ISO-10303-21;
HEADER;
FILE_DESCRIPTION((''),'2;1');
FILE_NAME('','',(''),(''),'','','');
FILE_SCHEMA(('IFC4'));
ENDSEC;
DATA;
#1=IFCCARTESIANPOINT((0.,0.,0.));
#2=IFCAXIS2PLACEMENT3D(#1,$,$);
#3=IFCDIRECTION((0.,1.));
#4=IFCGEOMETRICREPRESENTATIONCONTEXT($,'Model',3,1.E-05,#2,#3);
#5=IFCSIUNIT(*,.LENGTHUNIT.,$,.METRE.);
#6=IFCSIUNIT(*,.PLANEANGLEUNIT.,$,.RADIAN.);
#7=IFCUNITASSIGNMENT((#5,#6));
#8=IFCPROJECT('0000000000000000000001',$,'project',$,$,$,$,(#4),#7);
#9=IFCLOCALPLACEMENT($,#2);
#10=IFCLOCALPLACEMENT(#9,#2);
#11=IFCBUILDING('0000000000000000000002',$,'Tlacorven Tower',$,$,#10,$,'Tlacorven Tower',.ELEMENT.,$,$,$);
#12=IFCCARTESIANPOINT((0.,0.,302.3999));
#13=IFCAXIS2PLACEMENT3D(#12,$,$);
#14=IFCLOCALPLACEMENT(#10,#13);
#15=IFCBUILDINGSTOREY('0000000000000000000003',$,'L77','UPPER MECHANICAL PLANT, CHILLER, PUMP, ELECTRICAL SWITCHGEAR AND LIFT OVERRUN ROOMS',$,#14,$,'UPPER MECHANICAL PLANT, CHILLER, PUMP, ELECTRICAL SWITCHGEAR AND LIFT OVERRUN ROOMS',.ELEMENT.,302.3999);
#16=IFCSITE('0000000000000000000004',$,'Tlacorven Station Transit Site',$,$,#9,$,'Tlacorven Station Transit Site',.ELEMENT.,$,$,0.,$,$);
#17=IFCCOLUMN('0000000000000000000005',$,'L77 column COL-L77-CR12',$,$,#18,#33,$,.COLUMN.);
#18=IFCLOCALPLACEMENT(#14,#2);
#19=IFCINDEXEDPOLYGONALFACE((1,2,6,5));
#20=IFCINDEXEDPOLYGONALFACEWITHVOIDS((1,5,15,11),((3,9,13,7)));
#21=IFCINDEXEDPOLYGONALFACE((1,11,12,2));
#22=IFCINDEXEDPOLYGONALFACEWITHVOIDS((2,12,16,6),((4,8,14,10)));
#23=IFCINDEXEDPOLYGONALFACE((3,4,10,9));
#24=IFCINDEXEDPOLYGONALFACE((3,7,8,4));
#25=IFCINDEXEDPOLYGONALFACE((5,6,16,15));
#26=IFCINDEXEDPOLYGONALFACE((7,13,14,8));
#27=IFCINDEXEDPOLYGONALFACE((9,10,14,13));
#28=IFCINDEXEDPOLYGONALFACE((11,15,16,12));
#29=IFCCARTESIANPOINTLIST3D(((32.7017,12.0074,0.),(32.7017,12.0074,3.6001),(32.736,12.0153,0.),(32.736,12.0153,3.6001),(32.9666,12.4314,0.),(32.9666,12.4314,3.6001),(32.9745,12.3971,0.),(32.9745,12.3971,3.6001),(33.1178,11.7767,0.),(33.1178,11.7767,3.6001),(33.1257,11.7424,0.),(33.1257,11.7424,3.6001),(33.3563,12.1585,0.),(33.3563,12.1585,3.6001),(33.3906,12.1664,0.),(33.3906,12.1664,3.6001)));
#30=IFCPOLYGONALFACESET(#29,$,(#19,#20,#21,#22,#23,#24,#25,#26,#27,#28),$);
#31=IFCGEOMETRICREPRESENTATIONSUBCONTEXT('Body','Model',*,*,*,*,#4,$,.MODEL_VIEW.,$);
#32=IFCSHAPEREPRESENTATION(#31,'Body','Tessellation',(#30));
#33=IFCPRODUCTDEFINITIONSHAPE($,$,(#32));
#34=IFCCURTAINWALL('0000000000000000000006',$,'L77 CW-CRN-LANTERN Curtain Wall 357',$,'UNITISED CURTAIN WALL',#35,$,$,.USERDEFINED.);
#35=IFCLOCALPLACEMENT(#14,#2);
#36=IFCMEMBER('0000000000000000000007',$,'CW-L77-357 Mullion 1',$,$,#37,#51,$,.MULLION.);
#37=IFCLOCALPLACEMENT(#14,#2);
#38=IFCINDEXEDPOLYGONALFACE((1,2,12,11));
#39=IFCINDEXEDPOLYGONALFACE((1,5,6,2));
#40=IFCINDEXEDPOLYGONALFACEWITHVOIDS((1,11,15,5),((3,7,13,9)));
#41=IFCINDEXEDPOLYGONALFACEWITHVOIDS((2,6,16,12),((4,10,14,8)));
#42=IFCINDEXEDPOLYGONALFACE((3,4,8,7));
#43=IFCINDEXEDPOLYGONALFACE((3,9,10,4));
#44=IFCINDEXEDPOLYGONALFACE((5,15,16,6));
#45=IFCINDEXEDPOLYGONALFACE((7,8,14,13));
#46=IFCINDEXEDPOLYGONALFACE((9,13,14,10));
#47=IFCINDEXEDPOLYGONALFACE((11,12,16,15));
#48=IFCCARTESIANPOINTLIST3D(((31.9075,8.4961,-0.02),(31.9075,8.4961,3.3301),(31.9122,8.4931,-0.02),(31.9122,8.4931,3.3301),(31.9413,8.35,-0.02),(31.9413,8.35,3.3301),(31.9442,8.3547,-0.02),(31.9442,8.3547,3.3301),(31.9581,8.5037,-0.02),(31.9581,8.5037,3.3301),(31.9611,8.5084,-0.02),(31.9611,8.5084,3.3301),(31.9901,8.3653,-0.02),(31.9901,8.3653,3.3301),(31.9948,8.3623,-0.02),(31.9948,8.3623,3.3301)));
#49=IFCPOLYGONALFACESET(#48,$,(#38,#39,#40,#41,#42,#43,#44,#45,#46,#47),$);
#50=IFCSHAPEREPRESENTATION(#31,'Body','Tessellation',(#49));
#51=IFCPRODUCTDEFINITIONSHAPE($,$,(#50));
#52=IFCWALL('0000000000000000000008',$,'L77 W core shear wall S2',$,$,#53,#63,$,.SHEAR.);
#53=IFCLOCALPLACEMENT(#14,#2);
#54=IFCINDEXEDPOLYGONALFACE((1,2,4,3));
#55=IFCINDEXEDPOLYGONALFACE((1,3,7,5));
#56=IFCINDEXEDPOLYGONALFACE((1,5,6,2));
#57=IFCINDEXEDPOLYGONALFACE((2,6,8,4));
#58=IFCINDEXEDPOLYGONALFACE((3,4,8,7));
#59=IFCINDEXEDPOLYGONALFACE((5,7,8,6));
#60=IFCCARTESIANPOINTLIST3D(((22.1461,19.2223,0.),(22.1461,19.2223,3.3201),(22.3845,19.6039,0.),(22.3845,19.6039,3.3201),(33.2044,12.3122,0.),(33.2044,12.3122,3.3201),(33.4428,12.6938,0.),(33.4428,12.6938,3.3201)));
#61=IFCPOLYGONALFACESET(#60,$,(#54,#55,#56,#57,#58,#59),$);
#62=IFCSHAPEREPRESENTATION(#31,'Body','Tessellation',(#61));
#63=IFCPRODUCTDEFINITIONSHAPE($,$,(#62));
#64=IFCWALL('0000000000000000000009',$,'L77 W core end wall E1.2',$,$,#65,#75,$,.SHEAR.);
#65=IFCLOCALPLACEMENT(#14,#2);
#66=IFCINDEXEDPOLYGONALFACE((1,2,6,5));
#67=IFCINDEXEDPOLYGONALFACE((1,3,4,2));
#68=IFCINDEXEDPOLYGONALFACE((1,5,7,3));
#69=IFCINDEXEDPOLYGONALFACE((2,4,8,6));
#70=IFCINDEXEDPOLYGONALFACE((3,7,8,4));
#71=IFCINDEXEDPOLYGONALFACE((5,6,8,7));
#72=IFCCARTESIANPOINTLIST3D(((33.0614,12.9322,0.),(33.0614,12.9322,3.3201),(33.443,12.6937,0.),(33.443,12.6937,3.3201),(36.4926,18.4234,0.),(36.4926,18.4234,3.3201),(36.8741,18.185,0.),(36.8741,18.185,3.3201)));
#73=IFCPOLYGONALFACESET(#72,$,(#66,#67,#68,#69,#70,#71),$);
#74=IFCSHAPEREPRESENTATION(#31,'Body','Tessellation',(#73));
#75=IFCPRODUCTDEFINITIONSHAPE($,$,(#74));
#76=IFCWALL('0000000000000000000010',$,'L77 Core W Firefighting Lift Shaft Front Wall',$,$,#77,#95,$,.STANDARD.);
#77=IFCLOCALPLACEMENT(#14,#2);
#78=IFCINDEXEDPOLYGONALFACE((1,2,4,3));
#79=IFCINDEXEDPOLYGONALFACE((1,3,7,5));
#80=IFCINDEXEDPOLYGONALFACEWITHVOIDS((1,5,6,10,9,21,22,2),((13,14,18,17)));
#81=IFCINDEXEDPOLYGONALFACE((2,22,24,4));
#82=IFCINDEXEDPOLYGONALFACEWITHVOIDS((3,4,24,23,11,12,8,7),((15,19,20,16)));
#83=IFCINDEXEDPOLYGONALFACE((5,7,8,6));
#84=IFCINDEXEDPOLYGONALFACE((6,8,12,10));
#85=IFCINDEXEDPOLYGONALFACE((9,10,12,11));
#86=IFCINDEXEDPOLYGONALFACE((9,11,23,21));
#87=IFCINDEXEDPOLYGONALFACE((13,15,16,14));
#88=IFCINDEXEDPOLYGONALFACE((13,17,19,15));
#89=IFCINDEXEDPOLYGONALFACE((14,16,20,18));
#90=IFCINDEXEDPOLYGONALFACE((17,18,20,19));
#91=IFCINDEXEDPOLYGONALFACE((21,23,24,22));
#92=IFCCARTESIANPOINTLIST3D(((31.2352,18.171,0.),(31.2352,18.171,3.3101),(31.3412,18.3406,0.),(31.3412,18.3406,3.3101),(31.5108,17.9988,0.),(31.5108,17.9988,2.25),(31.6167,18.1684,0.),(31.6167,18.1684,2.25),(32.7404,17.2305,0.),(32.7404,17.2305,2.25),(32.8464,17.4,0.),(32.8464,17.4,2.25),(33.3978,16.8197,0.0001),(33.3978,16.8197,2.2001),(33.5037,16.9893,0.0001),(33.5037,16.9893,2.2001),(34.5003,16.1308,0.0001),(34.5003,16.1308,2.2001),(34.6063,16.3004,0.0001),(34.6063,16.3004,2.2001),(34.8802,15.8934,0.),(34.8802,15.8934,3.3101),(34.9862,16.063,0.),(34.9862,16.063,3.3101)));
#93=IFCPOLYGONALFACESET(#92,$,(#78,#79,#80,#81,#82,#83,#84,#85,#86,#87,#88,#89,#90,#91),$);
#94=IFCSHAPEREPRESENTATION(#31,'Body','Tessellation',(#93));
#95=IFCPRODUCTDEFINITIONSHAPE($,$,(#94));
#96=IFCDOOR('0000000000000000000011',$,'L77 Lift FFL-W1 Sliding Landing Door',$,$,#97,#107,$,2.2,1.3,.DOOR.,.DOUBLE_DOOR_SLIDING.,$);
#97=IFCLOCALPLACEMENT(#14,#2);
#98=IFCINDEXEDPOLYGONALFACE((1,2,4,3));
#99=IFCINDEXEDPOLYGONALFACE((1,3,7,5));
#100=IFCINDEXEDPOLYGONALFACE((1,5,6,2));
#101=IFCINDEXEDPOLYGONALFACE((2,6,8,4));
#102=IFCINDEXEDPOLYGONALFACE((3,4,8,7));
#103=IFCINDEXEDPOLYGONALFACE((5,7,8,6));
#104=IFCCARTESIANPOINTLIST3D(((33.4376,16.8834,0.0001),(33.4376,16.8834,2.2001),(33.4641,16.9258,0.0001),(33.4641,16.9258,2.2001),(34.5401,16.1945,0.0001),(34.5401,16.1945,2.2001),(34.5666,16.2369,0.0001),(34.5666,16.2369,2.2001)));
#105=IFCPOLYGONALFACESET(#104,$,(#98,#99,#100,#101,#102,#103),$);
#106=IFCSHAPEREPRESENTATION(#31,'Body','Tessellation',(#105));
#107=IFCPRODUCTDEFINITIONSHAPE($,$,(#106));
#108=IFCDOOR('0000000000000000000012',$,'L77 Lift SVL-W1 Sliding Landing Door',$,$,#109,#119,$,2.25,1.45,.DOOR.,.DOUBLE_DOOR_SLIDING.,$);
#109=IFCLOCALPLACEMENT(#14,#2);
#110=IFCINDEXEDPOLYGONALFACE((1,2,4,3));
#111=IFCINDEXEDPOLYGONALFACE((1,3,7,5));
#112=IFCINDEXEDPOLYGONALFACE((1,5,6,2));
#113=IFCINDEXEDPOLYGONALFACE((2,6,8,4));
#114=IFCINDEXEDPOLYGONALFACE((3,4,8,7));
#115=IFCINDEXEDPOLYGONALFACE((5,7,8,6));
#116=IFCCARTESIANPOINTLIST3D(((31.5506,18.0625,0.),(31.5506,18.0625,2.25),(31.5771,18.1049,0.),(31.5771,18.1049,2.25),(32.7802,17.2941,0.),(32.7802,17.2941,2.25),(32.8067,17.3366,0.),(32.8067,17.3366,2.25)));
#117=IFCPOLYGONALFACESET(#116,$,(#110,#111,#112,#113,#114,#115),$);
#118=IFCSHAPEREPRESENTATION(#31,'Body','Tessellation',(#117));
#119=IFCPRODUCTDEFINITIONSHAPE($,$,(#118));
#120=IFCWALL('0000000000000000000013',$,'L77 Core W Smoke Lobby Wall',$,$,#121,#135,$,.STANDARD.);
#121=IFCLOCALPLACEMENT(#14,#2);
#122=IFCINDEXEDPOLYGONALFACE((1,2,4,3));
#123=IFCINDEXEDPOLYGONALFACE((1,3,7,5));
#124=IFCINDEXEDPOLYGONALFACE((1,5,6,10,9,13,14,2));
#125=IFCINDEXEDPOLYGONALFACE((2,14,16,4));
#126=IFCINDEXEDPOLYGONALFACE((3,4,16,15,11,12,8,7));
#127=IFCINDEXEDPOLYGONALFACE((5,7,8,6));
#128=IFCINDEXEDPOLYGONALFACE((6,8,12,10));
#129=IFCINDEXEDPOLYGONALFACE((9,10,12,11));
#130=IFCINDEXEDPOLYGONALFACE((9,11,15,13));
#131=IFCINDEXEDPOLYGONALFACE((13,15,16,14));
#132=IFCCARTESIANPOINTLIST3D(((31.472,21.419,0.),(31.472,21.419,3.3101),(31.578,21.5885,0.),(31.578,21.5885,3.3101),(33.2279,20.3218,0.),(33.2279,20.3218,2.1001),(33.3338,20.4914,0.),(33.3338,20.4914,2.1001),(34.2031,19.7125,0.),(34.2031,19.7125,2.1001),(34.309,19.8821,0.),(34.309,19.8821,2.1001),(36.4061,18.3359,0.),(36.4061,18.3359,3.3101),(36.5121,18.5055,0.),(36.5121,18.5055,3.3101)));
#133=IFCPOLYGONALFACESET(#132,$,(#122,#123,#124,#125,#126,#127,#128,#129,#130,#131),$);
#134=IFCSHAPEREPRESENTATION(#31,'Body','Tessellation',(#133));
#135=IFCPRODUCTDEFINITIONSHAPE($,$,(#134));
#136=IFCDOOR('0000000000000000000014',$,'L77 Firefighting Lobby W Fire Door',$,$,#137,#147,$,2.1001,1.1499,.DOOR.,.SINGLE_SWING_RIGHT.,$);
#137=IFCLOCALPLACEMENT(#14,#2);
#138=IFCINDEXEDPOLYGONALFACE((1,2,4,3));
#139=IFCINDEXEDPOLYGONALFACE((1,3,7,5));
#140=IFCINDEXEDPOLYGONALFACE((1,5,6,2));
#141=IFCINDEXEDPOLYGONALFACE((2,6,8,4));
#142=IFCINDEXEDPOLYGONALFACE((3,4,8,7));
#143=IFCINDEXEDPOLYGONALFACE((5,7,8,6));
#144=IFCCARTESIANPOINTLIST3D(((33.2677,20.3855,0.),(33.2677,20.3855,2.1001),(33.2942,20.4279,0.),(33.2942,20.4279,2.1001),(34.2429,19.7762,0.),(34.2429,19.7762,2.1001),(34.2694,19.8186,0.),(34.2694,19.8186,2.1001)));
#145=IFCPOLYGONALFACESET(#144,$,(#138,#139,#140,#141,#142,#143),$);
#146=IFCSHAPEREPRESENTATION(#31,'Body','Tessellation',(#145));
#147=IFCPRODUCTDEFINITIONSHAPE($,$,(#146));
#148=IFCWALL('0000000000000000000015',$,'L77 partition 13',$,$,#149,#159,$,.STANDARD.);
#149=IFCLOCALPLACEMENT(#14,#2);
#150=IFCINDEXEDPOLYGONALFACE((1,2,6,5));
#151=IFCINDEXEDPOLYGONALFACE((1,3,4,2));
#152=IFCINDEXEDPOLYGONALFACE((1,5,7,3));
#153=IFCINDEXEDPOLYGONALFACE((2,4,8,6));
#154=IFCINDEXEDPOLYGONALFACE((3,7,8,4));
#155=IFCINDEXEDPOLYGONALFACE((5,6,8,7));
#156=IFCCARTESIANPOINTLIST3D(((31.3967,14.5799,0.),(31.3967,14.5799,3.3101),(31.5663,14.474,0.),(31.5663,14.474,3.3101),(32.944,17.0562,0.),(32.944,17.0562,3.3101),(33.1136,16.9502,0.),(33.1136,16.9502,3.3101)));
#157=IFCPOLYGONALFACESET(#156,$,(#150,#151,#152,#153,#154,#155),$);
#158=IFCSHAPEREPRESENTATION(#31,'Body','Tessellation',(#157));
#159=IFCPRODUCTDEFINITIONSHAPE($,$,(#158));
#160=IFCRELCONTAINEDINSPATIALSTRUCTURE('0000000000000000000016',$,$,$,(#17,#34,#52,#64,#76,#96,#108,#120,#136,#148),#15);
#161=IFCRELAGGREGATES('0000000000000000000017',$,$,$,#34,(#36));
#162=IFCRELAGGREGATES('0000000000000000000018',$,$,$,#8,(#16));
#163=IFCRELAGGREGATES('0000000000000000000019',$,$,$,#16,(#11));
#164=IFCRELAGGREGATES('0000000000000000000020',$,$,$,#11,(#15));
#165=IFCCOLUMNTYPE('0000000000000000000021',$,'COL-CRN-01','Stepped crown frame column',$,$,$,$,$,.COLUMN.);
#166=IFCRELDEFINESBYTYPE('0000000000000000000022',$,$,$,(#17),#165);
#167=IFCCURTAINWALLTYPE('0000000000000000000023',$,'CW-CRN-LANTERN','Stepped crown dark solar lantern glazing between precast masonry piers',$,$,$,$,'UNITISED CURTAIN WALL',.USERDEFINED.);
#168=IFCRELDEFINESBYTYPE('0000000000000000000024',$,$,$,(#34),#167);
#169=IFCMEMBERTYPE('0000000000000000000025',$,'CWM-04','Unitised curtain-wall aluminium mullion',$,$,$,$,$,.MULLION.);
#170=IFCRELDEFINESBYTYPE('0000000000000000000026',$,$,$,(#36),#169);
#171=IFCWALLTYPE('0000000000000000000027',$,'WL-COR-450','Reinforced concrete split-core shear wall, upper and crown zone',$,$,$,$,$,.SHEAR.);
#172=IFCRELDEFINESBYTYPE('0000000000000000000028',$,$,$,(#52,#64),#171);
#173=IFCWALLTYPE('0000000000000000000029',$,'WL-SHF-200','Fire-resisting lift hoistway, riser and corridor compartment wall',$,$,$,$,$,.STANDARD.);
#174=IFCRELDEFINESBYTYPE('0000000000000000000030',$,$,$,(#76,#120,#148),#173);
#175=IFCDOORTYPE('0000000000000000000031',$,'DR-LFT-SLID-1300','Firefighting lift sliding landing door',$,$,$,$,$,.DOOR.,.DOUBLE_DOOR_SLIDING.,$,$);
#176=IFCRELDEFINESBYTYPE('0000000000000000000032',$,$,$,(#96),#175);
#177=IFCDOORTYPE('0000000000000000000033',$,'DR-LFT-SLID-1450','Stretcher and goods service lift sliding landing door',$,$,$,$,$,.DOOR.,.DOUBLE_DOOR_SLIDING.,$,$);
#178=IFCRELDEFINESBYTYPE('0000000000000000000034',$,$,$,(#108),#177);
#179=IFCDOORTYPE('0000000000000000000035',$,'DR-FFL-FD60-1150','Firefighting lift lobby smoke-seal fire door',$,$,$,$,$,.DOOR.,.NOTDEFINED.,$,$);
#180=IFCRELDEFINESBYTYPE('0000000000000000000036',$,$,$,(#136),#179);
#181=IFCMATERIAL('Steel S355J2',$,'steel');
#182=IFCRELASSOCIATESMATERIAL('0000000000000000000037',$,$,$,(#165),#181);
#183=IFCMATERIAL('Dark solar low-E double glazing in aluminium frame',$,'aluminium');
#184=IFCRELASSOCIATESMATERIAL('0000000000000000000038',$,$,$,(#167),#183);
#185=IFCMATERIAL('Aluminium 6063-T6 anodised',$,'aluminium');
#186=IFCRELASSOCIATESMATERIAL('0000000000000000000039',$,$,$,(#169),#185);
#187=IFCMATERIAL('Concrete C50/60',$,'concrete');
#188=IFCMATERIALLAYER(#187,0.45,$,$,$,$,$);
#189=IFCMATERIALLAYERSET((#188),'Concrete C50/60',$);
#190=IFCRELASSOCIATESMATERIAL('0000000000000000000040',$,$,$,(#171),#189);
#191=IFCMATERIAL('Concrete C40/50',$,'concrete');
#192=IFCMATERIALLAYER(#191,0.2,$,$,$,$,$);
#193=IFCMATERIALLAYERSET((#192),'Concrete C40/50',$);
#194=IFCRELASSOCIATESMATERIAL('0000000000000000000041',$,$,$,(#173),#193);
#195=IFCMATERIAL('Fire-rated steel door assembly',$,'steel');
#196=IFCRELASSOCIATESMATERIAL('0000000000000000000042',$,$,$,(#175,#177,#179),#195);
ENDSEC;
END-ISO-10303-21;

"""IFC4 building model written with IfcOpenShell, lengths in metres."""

from ifc_helpers import new_model, si_unit, direction, frame, frame_2d, origin, origin_2d, place, context, subcontext, project, spatial, rectangle, hollow_rectangle, extrude, source, transform, mapped, material, layer, layer_set, material_profile, profile_set, type_object, element, fill, aggregate, save


model = new_model("IFC4")

# Units and contexts
model_context = context("Model", 3, precision=1e-05, world=origin(), true_north=direction((0.0, 1.0)))
body_context = subcontext(model_context, "Body", "Model", "MODEL_VIEW")
ifc_project = project(units=[si_unit("LENGTHUNIT", "METRE"), si_unit("PLANEANGLEUNIT", "RADIAN")], contexts=[model_context])

# Site, building, storey
site_placement = place(None, origin())
site = spatial("IfcSite", under=ifc_project, at=site_placement, Name="Tlacorven Station Transit Site", LongName="Tlacorven Station Transit Site", CompositionType="ELEMENT", RefElevation=0.0)
building_placement = place(site_placement, origin())
building = spatial("IfcBuilding", under=site, at=building_placement, Name="Tlacorven Tower", LongName="Tlacorven Tower", CompositionType="ELEMENT")
storey_placement = place(building_placement, frame((0.0, 0.0, 302.3999)))
storey = spatial("IfcBuildingStorey", under=building, at=storey_placement, Name="L77", Description="UPPER MECHANICAL PLANT, CHILLER, PUMP, ELECTRICAL SWITCHGEAR AND LIFT OVERRUN ROOMS", LongName="UPPER MECHANICAL PLANT, CHILLER, PUMP, ELECTRICAL SWITCHGEAR AND LIFT OVERRUN ROOMS", CompositionType="ELEMENT", Elevation=302.3999)

# Column
ifc_material_1 = material(Name="Steel S355J2", Category="steel")
ifc_material_profile_1 = material_profile(ifc_material_1, hollow_rectangle(XDim=0.5, YDim=0.5, WallThickness=0.0249, at=origin_2d()), Name="BOX 500X500X25")
ifc_profile_set_1 = profile_set([ifc_material_profile_1], Name="Steel S355J2")
column_type = type_object("IfcColumnType", Name="COL-CRN-01", Description="Stepped crown frame column", PredefinedType="COLUMN", material=ifc_profile_set_1)
shared_shape_1 = source(origin(), body_context, "Body", "SweptSolid", [
    extrude(hollow_rectangle(XDim=0.5, YDim=0.5, WallThickness=0.0249, at=origin_2d()), origin(), (0.0, 0.0, 1.0), 3.6001),
])
column_placement = place(storey_placement, frame((33.0461, 12.0869, 0.0), z_axis=(0.0, 0.0, 1.0), x_axis=(-0.848048, 0.529919, 0.0)))
element("IfcColumn", 1, at=column_placement, inside=storey, type_object=column_type, Name="L77 column COL-L77-CR12", PredefinedType="COLUMN", context=body_context, shape_type="MappedRepresentation", body=[
    mapped(shared_shape_1, transform((0.0, 0.0, 0.0), scale=1.0)),
])

# Curtain wall, member
ifc_material_2 = material(Name="Dark solar low-E double glazing in aluminium frame", Category="aluminium")
curtain_wall_type = type_object("IfcCurtainWallType", Name="CW-CRN-LANTERN", Description="Stepped crown dark solar lantern glazing between precast masonry piers", ElementType="UNITISED CURTAIN WALL", PredefinedType="USERDEFINED", material=ifc_material_2)
curtain_wall_placement = place(storey_placement, origin())
curtain_wall = element("IfcCurtainWall", 2, at=curtain_wall_placement, inside=storey, type_object=curtain_wall_type, Name="L77 CW-CRN-LANTERN Curtain Wall 357", ObjectType="UNITISED CURTAIN WALL", PredefinedType="USERDEFINED")
ifc_material_3 = material(Name="Aluminium 6063-T6 anodised", Category="aluminium")
ifc_material_profile_2 = material_profile(ifc_material_3, hollow_rectangle(XDim=0.0549, YDim=0.1499, WallThickness=0.0039, at=origin_2d()), Name="ALU MULLION 55X150")
ifc_profile_set_2 = profile_set([ifc_material_profile_2], Name="Aluminium 6063-T6 anodised")
member_type = type_object("IfcMemberType", Name="CWM-04", Description="Unitised curtain-wall aluminium mullion", PredefinedType="MULLION", material=ifc_profile_set_2)
shared_shape_2 = source(origin(), body_context, "Body", "SweptSolid", [
    extrude(hollow_rectangle(XDim=0.0549, YDim=0.1499, WallThickness=0.0039, at=origin_2d()), origin(), (0.0, 0.0, 1.0), 3.3501),
])
member_placement = place(storey_placement, frame((31.9512, 8.4292, -0.02), z_axis=(0.0, 0.0, 1.0), x_axis=(-0.97437, -0.22495, 0.0)))
member = element("IfcMember", 3, at=member_placement, type_object=member_type, Name="CW-L77-357 Mullion 1", PredefinedType="MULLION", context=body_context, shape_type="MappedRepresentation", body=[
    mapped(shared_shape_2, transform((0.0, 0.0, 0.0), scale=1.0)),
])
aggregate(curtain_wall, [member])

# Walls
ifc_material_4 = material(Name="Concrete C50/60", Category="concrete")
ifc_layer_1 = layer(ifc_material_4, 0.45)
ifc_layer_set_1 = layer_set([ifc_layer_1], Name="Concrete C50/60")
wall_type_1 = type_object("IfcWallType", Name="WL-COR-450", Description="Reinforced concrete split-core shear wall, upper and crown zone", PredefinedType="SHEAR", material=ifc_layer_set_1)
wall_1_placement = place(storey_placement, frame((33.3237, 12.5029, 0.0), z_axis=(0.0, 0.0, 1.0), x_axis=(-0.848044, 0.529927, 0.0)))
element("IfcWall", 4, at=wall_1_placement, inside=storey, type_object=wall_type_1, Name="L77 W core shear wall S2", PredefinedType="SHEAR", context=body_context, shape_type="SweptSolid", body=[
    extrude(rectangle(XDim=13.0398, YDim=0.45, at=frame_2d((6.52, 0.0))), origin(), (0.0, 0.0, 1.0), 3.3201),
])
wall_2_placement = place(storey_placement, frame((36.6833, 18.3042, 0.0), z_axis=(0.0, 0.0, 1.0), x_axis=(-0.529904, -0.848058, 0.0)))
element("IfcWall", 5, at=wall_2_placement, inside=storey, type_object=wall_type_1, Name="L77 W core end wall E1.2", PredefinedType="SHEAR", context=body_context, shape_type="SweptSolid", body=[
    extrude(rectangle(XDim=6.4751, YDim=0.45, at=frame_2d((3.2375, 0.0))), origin(), (0.0, 0.0, 1.0), 3.3201),
])

# Wall, openings, doors
ifc_material_5 = material(Name="Concrete C40/50", Category="concrete")
ifc_layer_2 = layer(ifc_material_5, 0.2)
ifc_layer_set_2 = layer_set([ifc_layer_2], Name="Concrete C40/50")
wall_type_2 = type_object("IfcWallType", Name="WL-SHF-200", Description="Fire-resisting lift hoistway, riser and corridor compartment wall", PredefinedType="STANDARD", material=ifc_layer_set_2)
wall_3_placement = place(storey_placement, frame((34.9331, 15.9783, 0.0), z_axis=(0.0, 0.0, 1.0), x_axis=(-0.848056, 0.529907, 0.0)))
wall_3 = element("IfcWall", 6, at=wall_3_placement, inside=storey, type_object=wall_type_2, Name="L77 Core W Firefighting Lift Shaft Front Wall", PredefinedType="STANDARD", context=body_context, shape_type="SweptSolid", body=[
    extrude(rectangle(XDim=4.2981, YDim=0.2, at=frame_2d((2.1489, 0.0))), origin(), (0.0, 0.0, 1.0), 3.3101),
])
opening_1_placement = place(wall_3_placement, frame((0.448, 0.0, 0.0)))
opening_1 = element("IfcOpeningElement", 7, at=opening_1_placement, cuts=wall_3, PredefinedType="OPENING", context=body_context, shape_type="SweptSolid", body=[
    extrude(rectangle(XDim=1.3, YDim=2.2, at=frame_2d((0.6499, 1.1001))), frame((0.0, 0.1099, 0.0), z_axis=(0.0, -1.0, 0.0), x_axis=(1.0, 0.0, 0.0)), (0.0, 0.0, 1.0), 0.22),
])
opening_2_placement = place(wall_3_placement, frame((2.5229, 0.0, 0.0)))
opening_2 = element("IfcOpeningElement", 8, at=opening_2_placement, cuts=wall_3, PredefinedType="OPENING", context=body_context, shape_type="SweptSolid", body=[
    extrude(rectangle(XDim=1.45, YDim=2.25, at=frame_2d((0.7251, 1.125))), frame((0.0, 0.1099, 0.0), z_axis=(0.0, -1.0, 0.0), x_axis=(1.0, 0.0, 0.0)), (0.0, 0.0, 1.0), 0.22),
])
ifc_material_6 = material(Name="Fire-rated steel door assembly", Category="steel")
door_type_1 = type_object("IfcDoorType", Name="DR-LFT-SLID-1300", Description="Firefighting lift sliding landing door", OperationType="DOUBLE_DOOR_SLIDING", PredefinedType="DOOR", material=ifc_material_6)
shared_shape_3 = source(origin(), body_context, "Body", "SweptSolid", [
    extrude(rectangle(XDim=1.3, YDim=2.2, at=frame_2d((0.6499, 1.1001))), frame((0.0, 0.0249, 0.0), z_axis=(0.0, -1.0, 0.0), x_axis=(1.0, 0.0, 0.0)), (0.0, 0.0, 1.0), 0.05),
])
door_1_placement = place(opening_1_placement, origin())
door_1 = element("IfcDoor", 9, at=door_1_placement, inside=storey, type_object=door_type_1, Name="L77 Lift FFL-W1 Sliding Landing Door", OperationType="DOUBLE_DOOR_SLIDING", OverallHeight=2.2, OverallWidth=1.3, PredefinedType="DOOR", context=body_context, shape_type="MappedRepresentation", body=[
    mapped(shared_shape_3, transform((0.0, 0.0, 0.0), scale=1.0)),
])
fill(opening_1, door_1)
door_type_2 = type_object("IfcDoorType", Name="DR-LFT-SLID-1450", Description="Stretcher and goods service lift sliding landing door", OperationType="DOUBLE_DOOR_SLIDING", PredefinedType="DOOR", material=ifc_material_6)
shared_shape_4 = source(origin(), body_context, "Body", "SweptSolid", [
    extrude(rectangle(XDim=1.45, YDim=2.25, at=frame_2d((0.7251, 1.125))), frame((0.0, 0.0249, 0.0), z_axis=(0.0, -1.0, 0.0), x_axis=(1.0, 0.0, 0.0)), (0.0, 0.0, 1.0), 0.05),
])
door_2_placement = place(opening_2_placement, origin())
door_2 = element("IfcDoor", 10, at=door_2_placement, inside=storey, type_object=door_type_2, Name="L77 Lift SVL-W1 Sliding Landing Door", OperationType="DOUBLE_DOOR_SLIDING", OverallHeight=2.25, OverallWidth=1.45, PredefinedType="DOOR", context=body_context, shape_type="MappedRepresentation", body=[
    mapped(shared_shape_4, transform((0.0, 0.0, 0.0), scale=1.0)),
])
fill(opening_2, door_2)

# Wall, opening, door
wall_4_placement = place(storey_placement, frame((36.4592, 18.4207, 0.0), z_axis=(0.0, 0.0, 1.0), x_axis=(-0.84806, 0.529901, 0.0)))
wall_4 = element("IfcWall", 11, at=wall_4_placement, inside=storey, type_object=wall_type_2, Name="L77 Core W Smoke Lobby Wall", PredefinedType="STANDARD", context=body_context, shape_type="SweptSolid", body=[
    extrude(rectangle(XDim=5.8181, YDim=0.2, at=frame_2d((2.9092, 0.0))), origin(), (0.0, 0.0, 1.0), 3.3101),
])
opening_3_placement = place(wall_4_placement, frame((2.5979, 0.0, 0.0)))
opening_3 = element("IfcOpeningElement", 12, at=opening_3_placement, cuts=wall_4, PredefinedType="OPENING", context=body_context, shape_type="SweptSolid", body=[
    extrude(rectangle(XDim=1.1499, YDim=2.1001, at=frame_2d((0.575, 1.05))), frame((0.0, 0.1099, 0.0), z_axis=(0.0, -1.0, 0.0), x_axis=(1.0, 0.0, 0.0)), (0.0, 0.0, 1.0), 0.22),
])
door_type_3 = type_object("IfcDoorType", Name="DR-FFL-FD60-1150", Description="Firefighting lift lobby smoke-seal fire door", OperationType="NOTDEFINED", PredefinedType="DOOR", material=ifc_material_6)
shared_shape_5 = source(origin(), body_context, "Body", "SweptSolid", [
    extrude(rectangle(XDim=1.1499, YDim=2.1001, at=frame_2d((0.575, 1.05))), frame((0.0, 0.0249, 0.0), z_axis=(0.0, -1.0, 0.0), x_axis=(1.0, 0.0, 0.0)), (0.0, 0.0, 1.0), 0.05),
])
door_3_placement = place(opening_3_placement, origin())
door_3 = element("IfcDoor", 13, at=door_3_placement, inside=storey, type_object=door_type_3, Name="L77 Firefighting Lobby W Fire Door", OperationType="SINGLE_SWING_RIGHT", OverallHeight=2.1001, OverallWidth=1.1499, PredefinedType="DOOR", context=body_context, shape_type="MappedRepresentation", body=[
    mapped(shared_shape_5, transform((0.0, 0.0, 0.0), scale=1.0)),
])
fill(opening_3, door_3)

# Wall
wall_5_placement = place(storey_placement, frame((33.0288, 17.0032, 0.0), z_axis=(0.0, 0.0, 1.0), x_axis=(-0.529916, -0.84805, 0.0)))
element("IfcWall", 14, at=wall_5_placement, inside=storey, type_object=wall_type_2, Name="L77 partition 13", PredefinedType="STANDARD", context=body_context, shape_type="SweptSolid", body=[
    extrude(rectangle(XDim=2.9199, YDim=0.2, at=frame_2d((1.46, 0.0))), origin(), (0.0, 0.0, 1.0), 3.3101),
])

save(model, "model.ifc")
